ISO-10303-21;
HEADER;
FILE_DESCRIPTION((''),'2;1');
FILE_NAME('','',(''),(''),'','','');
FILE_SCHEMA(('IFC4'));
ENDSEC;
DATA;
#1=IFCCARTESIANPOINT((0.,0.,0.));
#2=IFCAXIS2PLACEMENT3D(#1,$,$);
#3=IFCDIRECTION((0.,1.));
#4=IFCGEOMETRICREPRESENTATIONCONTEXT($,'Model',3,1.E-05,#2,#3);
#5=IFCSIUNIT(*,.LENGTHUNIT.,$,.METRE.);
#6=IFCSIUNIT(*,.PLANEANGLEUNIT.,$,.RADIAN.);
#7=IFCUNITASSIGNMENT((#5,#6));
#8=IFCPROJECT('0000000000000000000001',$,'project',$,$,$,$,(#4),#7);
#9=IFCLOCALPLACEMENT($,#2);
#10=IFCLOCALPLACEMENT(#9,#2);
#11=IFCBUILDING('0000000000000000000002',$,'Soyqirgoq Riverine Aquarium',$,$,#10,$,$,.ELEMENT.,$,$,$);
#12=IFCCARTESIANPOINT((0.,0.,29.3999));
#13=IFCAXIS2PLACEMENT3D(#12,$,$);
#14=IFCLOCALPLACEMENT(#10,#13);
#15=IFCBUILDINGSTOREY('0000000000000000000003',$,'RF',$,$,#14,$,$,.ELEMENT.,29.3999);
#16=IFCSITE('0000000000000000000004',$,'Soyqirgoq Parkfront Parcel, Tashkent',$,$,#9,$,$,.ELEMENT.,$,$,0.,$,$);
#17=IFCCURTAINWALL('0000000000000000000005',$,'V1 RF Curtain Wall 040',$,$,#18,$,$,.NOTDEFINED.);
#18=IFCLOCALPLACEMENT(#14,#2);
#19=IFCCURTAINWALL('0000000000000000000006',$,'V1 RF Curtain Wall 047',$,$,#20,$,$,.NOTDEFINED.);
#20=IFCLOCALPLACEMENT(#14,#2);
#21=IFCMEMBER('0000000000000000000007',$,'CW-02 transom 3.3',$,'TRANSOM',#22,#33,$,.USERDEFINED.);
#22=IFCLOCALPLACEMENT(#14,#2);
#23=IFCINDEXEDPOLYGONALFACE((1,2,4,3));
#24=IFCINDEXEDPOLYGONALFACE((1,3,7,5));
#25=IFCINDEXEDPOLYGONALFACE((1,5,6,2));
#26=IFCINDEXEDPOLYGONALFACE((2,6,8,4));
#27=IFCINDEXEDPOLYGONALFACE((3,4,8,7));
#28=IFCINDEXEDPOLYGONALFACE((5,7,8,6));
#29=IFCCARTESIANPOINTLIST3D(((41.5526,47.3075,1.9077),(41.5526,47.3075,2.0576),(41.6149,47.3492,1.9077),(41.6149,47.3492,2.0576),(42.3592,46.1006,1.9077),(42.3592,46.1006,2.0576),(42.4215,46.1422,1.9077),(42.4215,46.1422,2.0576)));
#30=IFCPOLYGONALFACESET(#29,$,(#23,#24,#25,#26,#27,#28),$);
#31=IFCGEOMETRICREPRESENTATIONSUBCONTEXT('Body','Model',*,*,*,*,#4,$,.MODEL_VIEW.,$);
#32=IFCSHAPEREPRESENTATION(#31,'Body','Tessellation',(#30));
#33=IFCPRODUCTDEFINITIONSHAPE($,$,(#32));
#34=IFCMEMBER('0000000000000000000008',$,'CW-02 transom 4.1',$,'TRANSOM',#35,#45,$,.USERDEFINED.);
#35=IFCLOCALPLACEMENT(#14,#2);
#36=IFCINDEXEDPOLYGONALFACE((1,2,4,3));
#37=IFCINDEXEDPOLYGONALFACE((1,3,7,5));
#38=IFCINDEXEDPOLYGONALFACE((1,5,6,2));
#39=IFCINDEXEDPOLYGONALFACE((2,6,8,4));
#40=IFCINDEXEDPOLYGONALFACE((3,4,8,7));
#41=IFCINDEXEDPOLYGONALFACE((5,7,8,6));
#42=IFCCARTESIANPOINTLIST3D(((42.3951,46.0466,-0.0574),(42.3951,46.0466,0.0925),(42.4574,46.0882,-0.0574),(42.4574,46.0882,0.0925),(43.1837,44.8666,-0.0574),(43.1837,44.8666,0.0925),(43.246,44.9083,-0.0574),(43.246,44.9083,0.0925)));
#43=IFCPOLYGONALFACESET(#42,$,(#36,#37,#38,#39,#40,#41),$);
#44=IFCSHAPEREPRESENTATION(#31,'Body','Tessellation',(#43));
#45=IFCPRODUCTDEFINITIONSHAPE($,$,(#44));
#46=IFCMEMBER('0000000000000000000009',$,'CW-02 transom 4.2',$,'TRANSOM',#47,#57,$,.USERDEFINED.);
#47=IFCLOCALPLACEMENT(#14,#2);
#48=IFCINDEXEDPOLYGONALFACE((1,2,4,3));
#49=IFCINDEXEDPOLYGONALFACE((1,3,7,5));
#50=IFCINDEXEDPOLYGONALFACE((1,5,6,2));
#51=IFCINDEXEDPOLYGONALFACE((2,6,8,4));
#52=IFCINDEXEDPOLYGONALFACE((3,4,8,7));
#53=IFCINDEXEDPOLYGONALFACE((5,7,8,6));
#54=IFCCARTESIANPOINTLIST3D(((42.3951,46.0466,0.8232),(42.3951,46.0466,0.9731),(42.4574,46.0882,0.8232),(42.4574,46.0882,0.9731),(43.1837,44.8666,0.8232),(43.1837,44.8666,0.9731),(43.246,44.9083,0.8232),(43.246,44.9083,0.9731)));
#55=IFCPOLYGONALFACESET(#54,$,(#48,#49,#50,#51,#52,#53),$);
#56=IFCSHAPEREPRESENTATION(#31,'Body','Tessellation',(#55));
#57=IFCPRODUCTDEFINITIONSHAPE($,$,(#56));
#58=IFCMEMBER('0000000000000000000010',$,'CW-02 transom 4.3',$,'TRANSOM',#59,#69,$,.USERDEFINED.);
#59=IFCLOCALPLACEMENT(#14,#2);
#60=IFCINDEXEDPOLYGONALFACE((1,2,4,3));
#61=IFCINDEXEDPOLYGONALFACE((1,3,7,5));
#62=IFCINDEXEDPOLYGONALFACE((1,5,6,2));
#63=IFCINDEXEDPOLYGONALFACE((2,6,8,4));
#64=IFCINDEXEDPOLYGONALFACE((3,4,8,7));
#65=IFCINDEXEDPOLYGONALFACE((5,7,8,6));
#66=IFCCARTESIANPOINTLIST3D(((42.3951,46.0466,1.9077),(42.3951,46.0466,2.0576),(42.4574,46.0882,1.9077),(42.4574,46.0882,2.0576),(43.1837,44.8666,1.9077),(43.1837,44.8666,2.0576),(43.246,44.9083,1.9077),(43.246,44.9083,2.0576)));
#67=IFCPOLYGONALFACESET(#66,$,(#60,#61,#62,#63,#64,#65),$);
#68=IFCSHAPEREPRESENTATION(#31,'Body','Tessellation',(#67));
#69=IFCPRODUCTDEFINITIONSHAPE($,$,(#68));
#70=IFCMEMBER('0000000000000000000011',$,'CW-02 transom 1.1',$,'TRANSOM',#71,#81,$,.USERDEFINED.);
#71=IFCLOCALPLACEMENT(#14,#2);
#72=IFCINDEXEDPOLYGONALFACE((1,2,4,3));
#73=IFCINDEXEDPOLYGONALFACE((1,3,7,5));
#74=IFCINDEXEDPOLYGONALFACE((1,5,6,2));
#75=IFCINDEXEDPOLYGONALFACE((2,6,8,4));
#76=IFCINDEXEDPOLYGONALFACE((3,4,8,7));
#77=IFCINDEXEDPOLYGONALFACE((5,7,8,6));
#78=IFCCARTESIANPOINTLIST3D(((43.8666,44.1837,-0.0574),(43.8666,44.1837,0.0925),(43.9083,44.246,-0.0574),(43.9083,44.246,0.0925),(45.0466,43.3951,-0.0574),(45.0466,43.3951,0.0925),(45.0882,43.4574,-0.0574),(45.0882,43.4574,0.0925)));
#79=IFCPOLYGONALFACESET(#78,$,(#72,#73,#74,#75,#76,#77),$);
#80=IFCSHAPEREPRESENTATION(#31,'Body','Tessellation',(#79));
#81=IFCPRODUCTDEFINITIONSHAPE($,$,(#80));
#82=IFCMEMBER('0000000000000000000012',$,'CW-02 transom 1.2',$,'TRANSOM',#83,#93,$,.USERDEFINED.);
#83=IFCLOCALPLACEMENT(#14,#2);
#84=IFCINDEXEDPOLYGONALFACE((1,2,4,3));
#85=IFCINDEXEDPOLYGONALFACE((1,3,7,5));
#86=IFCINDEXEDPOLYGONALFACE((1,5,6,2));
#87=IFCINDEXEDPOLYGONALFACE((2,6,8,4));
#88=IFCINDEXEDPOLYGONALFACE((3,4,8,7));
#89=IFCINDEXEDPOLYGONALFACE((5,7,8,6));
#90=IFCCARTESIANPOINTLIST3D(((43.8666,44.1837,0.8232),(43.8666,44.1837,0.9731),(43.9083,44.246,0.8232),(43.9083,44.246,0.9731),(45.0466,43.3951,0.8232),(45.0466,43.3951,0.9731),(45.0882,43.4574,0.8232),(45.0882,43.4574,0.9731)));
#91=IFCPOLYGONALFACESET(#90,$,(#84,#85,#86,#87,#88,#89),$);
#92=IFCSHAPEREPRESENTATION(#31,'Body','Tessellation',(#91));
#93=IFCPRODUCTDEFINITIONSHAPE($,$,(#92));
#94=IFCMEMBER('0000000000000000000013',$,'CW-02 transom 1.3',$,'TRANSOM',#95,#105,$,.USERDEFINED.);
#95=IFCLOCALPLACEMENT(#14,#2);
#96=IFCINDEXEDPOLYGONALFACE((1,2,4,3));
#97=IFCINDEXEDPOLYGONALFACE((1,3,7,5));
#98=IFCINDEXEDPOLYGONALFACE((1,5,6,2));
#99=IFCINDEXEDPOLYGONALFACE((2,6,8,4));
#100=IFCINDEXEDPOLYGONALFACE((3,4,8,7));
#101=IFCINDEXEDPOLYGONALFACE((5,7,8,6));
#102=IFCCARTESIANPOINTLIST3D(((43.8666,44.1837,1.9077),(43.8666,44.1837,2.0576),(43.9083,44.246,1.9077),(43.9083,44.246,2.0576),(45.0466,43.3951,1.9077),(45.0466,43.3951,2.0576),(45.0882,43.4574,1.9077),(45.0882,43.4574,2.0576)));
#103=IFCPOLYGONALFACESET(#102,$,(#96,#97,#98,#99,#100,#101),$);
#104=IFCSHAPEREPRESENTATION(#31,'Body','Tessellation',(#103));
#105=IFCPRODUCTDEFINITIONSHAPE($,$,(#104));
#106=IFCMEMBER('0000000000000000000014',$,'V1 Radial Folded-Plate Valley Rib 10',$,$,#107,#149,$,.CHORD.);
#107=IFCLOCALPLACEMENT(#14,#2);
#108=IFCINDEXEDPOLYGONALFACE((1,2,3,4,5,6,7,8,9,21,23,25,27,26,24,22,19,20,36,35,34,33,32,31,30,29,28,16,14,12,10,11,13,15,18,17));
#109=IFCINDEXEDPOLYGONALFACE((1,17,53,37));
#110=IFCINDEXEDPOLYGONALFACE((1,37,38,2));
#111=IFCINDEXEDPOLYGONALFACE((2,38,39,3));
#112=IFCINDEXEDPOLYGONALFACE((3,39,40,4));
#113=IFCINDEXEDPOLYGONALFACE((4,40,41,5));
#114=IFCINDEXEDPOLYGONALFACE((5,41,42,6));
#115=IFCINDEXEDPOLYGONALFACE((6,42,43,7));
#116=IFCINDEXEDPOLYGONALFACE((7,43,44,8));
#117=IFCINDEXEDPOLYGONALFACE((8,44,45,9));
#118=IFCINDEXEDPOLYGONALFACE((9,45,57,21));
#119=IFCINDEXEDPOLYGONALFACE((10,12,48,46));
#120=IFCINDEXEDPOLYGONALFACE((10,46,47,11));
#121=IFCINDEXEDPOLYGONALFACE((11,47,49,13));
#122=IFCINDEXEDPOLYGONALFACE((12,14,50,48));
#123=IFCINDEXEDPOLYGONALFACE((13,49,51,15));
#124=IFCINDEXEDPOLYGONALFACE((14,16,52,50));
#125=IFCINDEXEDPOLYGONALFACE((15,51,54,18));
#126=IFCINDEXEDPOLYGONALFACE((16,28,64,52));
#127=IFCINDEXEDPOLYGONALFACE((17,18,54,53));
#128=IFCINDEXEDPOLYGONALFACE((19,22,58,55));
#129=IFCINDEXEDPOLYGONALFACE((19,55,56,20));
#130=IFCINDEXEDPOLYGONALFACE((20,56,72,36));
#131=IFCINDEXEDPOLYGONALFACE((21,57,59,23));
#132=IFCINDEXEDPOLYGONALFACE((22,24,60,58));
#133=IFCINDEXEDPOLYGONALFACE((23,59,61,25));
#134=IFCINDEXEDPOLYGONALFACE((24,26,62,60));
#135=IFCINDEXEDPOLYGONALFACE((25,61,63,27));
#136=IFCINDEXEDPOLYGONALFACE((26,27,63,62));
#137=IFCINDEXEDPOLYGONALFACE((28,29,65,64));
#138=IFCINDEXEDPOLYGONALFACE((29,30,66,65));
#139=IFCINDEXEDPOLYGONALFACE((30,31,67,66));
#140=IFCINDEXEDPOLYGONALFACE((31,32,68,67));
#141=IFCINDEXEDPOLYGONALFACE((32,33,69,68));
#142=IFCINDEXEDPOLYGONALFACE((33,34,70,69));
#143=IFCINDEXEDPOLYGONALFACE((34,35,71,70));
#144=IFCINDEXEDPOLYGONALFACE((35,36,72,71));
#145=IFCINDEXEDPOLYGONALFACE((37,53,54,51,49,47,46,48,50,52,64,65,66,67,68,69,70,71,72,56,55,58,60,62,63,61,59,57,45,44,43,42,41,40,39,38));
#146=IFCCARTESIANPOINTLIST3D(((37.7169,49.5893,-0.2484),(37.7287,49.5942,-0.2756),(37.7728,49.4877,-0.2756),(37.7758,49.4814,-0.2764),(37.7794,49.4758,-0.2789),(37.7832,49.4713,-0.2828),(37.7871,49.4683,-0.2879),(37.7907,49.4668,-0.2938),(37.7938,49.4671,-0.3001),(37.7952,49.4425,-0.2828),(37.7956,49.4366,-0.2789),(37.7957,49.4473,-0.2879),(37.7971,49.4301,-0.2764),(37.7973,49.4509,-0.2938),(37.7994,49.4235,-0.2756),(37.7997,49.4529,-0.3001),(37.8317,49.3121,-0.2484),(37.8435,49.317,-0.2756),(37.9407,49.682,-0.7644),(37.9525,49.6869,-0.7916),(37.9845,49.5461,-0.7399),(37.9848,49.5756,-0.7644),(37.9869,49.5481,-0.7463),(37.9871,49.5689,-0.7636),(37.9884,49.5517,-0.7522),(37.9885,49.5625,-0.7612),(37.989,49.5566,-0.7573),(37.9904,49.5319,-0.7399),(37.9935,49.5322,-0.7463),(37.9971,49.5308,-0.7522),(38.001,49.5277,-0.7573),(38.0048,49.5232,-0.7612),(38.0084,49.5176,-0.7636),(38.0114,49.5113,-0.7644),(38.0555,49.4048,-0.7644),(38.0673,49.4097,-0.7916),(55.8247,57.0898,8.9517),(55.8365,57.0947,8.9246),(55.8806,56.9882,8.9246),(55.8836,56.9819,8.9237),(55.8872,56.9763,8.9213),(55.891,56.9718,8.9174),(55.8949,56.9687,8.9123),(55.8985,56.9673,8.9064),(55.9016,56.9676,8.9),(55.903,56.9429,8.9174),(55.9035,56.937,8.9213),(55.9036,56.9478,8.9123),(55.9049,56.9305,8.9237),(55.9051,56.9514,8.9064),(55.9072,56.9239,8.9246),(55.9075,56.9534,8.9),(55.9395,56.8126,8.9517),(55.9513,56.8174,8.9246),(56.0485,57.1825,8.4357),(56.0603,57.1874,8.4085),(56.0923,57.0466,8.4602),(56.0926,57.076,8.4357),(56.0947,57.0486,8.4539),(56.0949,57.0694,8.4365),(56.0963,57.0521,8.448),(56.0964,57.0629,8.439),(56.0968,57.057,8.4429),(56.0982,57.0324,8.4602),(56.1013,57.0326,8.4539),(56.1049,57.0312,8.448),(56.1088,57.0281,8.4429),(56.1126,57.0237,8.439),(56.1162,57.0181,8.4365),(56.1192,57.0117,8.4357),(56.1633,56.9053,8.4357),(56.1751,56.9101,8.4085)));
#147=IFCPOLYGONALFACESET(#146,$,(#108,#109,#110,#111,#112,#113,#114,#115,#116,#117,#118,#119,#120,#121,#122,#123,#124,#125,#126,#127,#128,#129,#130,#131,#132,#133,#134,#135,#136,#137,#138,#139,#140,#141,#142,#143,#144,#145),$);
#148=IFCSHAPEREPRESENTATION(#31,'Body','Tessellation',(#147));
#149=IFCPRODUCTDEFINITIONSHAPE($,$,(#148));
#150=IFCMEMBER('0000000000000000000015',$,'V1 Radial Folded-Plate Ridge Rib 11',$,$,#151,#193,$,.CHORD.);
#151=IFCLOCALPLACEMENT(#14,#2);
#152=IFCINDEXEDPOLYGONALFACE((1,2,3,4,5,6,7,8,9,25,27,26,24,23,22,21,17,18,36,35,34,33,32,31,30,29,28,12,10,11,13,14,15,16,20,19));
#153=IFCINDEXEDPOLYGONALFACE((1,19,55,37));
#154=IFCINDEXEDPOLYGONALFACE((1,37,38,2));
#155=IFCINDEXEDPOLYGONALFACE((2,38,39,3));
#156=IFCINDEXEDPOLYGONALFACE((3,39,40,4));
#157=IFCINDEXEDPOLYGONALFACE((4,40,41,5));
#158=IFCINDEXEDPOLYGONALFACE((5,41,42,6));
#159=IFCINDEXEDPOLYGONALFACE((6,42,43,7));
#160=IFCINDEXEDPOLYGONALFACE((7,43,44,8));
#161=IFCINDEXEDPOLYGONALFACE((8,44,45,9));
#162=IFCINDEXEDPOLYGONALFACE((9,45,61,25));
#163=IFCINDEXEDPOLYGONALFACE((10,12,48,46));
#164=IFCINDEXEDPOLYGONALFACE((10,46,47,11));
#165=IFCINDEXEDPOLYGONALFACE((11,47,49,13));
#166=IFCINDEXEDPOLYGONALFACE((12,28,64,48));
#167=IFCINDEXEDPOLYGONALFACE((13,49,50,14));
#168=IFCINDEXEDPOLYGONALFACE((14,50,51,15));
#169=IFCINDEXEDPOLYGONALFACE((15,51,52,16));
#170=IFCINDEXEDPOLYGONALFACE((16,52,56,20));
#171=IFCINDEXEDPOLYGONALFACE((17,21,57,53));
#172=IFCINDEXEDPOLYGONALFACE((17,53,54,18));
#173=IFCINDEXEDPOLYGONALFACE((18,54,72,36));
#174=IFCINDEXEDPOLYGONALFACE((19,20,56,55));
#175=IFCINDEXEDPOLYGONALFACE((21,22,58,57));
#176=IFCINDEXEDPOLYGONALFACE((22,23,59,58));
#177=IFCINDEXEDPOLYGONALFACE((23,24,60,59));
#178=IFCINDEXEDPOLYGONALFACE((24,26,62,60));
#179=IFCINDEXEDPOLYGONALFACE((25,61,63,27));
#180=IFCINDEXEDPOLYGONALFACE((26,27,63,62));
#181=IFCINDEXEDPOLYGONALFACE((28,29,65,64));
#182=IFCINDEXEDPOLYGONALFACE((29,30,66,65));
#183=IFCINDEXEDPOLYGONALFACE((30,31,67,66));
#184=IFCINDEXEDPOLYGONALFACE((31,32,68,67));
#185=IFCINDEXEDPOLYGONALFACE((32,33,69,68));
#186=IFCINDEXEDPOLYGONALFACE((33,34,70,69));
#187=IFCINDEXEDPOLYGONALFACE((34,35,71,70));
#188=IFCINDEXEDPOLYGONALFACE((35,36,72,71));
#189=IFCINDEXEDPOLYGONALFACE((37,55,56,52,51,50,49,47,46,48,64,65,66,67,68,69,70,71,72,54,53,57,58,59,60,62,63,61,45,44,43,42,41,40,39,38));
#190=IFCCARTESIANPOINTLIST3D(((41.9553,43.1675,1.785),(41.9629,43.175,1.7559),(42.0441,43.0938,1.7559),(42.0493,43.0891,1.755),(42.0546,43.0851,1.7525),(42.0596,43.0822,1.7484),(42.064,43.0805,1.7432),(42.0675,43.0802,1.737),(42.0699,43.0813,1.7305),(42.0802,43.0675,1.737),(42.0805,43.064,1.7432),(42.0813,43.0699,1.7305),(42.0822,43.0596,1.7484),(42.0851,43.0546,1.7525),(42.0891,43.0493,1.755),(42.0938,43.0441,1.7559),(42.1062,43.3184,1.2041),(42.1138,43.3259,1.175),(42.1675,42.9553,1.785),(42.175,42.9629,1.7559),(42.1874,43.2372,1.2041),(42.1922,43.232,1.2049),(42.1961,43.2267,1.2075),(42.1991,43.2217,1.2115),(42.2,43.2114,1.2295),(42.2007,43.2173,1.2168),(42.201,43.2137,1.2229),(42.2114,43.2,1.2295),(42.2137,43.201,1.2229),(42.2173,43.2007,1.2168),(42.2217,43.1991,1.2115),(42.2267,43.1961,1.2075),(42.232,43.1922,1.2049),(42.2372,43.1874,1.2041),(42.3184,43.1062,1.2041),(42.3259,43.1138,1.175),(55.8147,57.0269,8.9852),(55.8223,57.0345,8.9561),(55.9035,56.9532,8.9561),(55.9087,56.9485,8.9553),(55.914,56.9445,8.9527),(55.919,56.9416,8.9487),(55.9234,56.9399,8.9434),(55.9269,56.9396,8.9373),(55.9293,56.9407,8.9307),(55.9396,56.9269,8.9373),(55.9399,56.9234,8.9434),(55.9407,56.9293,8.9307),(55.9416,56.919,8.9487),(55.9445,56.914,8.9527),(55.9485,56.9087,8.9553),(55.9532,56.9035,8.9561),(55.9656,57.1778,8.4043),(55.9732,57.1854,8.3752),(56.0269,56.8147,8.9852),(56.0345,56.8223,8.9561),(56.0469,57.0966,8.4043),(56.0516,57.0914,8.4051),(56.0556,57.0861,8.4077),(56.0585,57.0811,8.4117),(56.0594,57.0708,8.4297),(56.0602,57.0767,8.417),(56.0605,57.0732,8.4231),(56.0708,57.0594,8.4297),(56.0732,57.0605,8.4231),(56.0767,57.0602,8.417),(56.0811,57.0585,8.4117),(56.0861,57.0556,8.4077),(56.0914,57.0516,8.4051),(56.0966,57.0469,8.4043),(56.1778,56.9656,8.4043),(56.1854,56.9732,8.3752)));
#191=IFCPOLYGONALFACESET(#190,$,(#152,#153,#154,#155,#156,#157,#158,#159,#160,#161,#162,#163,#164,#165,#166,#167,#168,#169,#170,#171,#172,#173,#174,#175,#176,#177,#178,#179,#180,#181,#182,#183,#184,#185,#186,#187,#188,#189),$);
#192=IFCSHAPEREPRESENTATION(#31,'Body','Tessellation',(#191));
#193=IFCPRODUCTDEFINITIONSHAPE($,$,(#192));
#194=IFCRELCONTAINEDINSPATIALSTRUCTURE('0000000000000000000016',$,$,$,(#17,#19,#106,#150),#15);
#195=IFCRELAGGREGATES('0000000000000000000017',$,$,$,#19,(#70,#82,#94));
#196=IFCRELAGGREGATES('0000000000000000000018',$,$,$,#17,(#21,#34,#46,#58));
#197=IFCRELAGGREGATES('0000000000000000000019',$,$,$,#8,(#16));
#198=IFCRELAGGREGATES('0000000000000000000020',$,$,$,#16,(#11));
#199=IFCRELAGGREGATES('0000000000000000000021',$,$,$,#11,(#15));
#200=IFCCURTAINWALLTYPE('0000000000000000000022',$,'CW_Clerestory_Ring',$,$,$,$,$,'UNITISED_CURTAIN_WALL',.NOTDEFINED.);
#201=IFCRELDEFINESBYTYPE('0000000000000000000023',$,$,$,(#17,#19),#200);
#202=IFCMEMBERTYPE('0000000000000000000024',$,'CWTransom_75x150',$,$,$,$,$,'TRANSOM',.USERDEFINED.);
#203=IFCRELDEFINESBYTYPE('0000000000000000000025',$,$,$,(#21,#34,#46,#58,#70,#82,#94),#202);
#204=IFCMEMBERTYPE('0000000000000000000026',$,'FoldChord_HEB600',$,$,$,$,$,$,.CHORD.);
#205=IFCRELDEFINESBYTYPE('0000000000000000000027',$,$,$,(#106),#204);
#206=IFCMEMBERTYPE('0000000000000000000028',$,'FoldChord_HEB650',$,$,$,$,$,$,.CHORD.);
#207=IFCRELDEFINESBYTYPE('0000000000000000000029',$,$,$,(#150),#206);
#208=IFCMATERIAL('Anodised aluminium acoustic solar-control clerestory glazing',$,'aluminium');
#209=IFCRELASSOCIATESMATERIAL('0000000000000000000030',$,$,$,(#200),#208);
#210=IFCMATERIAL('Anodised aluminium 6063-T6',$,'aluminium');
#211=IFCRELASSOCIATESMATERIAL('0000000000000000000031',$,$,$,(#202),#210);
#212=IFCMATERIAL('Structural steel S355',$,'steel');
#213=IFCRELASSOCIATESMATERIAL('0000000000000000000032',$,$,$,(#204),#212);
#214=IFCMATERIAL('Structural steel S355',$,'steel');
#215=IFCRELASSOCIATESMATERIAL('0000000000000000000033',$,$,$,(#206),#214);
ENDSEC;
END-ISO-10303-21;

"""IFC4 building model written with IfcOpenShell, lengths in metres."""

from ifc_helpers import new_model, si_unit, direction, frame, origin, origin_2d, place, context, subcontext, project, spatial, rectangle, i_section, extrude, material, material_profile, profile_set, type_object, element, aggregate, save


model = new_model("IFC4")

# Units and contexts
model_context = context("Model", 3, precision=1e-05, world=origin(), true_north=direction((0.0, 1.0)))
body_context = subcontext(model_context, "Body", "Model", "MODEL_VIEW")
ifc_project = project(units=[si_unit("LENGTHUNIT", "METRE"), si_unit("PLANEANGLEUNIT", "RADIAN")], contexts=[model_context])

# Site, building, storey
site_placement = place(None, origin())
site = spatial("IfcSite", under=ifc_project, at=site_placement, Name="Soyqirgoq Parkfront Parcel, Tashkent", CompositionType="ELEMENT", RefElevation=0.0)
building_placement = place(site_placement, origin())
building = spatial("IfcBuilding", under=site, at=building_placement, Name="Soyqirgoq Riverine Aquarium", CompositionType="ELEMENT")
storey_placement = place(building_placement, frame((0.0, 0.0, 29.3999)))
storey = spatial("IfcBuildingStorey", under=building, at=storey_placement, Name="RF", CompositionType="ELEMENT", Elevation=29.3999)

# Curtain wall
ifc_material_1 = material(Name="Anodised aluminium acoustic solar-control clerestory glazing", Category="aluminium")
curtain_wall_type = type_object("IfcCurtainWallType", Name="CW_Clerestory_Ring", ElementType="UNITISED_CURTAIN_WALL", PredefinedType="NOTDEFINED", material=ifc_material_1)
curtain_wall_1_placement = place(storey_placement, origin())
curtain_wall_1 = element("IfcCurtainWall", 1, at=curtain_wall_1_placement, inside=storey, type_object=curtain_wall_type, Name="V1 RF Curtain Wall 040", PredefinedType="NOTDEFINED")

# Curtain wall
curtain_wall_2_placement = place(storey_placement, origin())
curtain_wall_2 = element("IfcCurtainWall", 2, at=curtain_wall_2_placement, inside=storey, type_object=curtain_wall_type, Name="V1 RF Curtain Wall 047", PredefinedType="NOTDEFINED")

# Members
ifc_material_2 = material(Name="Anodised aluminium 6063-T6", Category="aluminium")
ifc_material_profile_1 = material_profile(ifc_material_2, rectangle(XDim=0.075, YDim=0.1499, at=origin_2d()), Name="ALU-T 75x150")
ifc_profile_set_1 = profile_set([ifc_material_profile_1], Name="Anodised aluminium 6063-T6")
member_type_1 = type_object("IfcMemberType", Name="CWTransom_75x150", ElementType="TRANSOM", PredefinedType="USERDEFINED", material=ifc_profile_set_1)
member_1_placement = place(storey_placement, frame((41.5837, 47.3284, 1.9827), z_axis=(0.555631, -0.831429, 0.0), x_axis=(0.831429, 0.555631, 0.0)))
member_1 = element("IfcMember", 3, at=member_1_placement, type_object=member_type_1, Name="CW-02 transom 3.3", ObjectType="TRANSOM", PredefinedType="USERDEFINED", context=body_context, shape_type="SweptSolid", body=[
    extrude(rectangle(XDim=0.075, YDim=0.1499, at=origin_2d()), origin(), (0.0, 0.0, 1.0), 1.4517),
])
member_2_placement = place(storey_placement, frame((42.4263, 46.0674, 0.0176), z_axis=(0.555653, -0.831415, 0.0), x_axis=(0.831415, 0.555653, 0.0)))
member_2 = element("IfcMember", 4, at=member_2_placement, type_object=member_type_1, Name="CW-02 transom 4.1", ObjectType="TRANSOM", PredefinedType="USERDEFINED", context=body_context, shape_type="SweptSolid", body=[
    extrude(rectangle(XDim=0.075, YDim=0.1499, at=origin_2d()), origin(), (0.0, 0.0, 1.0), 1.4192),
])
member_3_placement = place(storey_placement, frame((42.4263, 46.0674, 0.8982), z_axis=(0.555653, -0.831415, 0.0), x_axis=(0.831415, 0.555653, 0.0)))
member_3 = element("IfcMember", 5, at=member_3_placement, type_object=member_type_1, Name="CW-02 transom 4.2", ObjectType="TRANSOM", PredefinedType="USERDEFINED", context=body_context, shape_type="SweptSolid", body=[
    extrude(rectangle(XDim=0.075, YDim=0.1499, at=origin_2d()), origin(), (0.0, 0.0, 1.0), 1.4192),
])
member_4_placement = place(storey_placement, frame((42.4263, 46.0674, 1.9827), z_axis=(0.555653, -0.831415, 0.0), x_axis=(0.831415, 0.555653, 0.0)))
member_4 = element("IfcMember", 6, at=member_4_placement, type_object=member_type_1, Name="CW-02 transom 4.3", ObjectType="TRANSOM", PredefinedType="USERDEFINED", context=body_context, shape_type="SweptSolid", body=[
    extrude(rectangle(XDim=0.075, YDim=0.1499, at=origin_2d()), origin(), (0.0, 0.0, 1.0), 1.4192),
])
member_5_placement = place(storey_placement, frame((43.8875, 44.2148, 0.0176), z_axis=(0.831415, -0.555653, 0.0), x_axis=(0.555653, 0.831415, 0.0)))
member_5 = element("IfcMember", 7, at=member_5_placement, type_object=member_type_1, Name="CW-02 transom 1.1", ObjectType="TRANSOM", PredefinedType="USERDEFINED", context=body_context, shape_type="SweptSolid", body=[
    extrude(rectangle(XDim=0.075, YDim=0.1499, at=origin_2d()), origin(), (0.0, 0.0, 1.0), 1.4192),
])
member_6_placement = place(storey_placement, frame((43.8875, 44.2148, 0.8982), z_axis=(0.831415, -0.555653, 0.0), x_axis=(0.555653, 0.831415, 0.0)))
member_6 = element("IfcMember", 8, at=member_6_placement, type_object=member_type_1, Name="CW-02 transom 1.2", ObjectType="TRANSOM", PredefinedType="USERDEFINED", context=body_context, shape_type="SweptSolid", body=[
    extrude(rectangle(XDim=0.075, YDim=0.1499, at=origin_2d()), origin(), (0.0, 0.0, 1.0), 1.4192),
])
member_7_placement = place(storey_placement, frame((43.8875, 44.2148, 1.9827), z_axis=(0.831415, -0.555653, 0.0), x_axis=(0.555653, 0.831415, 0.0)))
member_7 = element("IfcMember", 9, at=member_7_placement, type_object=member_type_1, Name="CW-02 transom 1.3", ObjectType="TRANSOM", PredefinedType="USERDEFINED", context=body_context, shape_type="SweptSolid", body=[
    extrude(rectangle(XDim=0.075, YDim=0.1499, at=origin_2d()), origin(), (0.0, 0.0, 1.0), 1.4192),
])
aggregate(curtain_wall_2, [member_5, member_6, member_7])

# Members
ifc_material_3 = material(Name="Structural steel S355", Category="steel")
ifc_material_profile_2 = material_profile(ifc_material_3, i_section(OverallWidth=0.3, OverallDepth=0.6001, WebThickness=0.0154, FlangeThickness=0.03, FilletRadius=0.0271, at=origin_2d()), Name="HEB 600")
ifc_profile_set_2 = profile_set([ifc_material_profile_2], Name="Structural steel S355")
member_type_2 = type_object("IfcMemberType", Name="FoldChord_HEB600", PredefinedType="CHORD", material=ifc_profile_set_2)
member_8_placement = place(storey_placement, frame((37.8921, 49.4995, -0.52), z_axis=(0.836326, 0.346415, 0.424917), x_axis=(-0.382681, 0.923881, 0.0)))
element("IfcMember", 10, at=member_8_placement, inside=storey, type_object=member_type_2, Name="V1 Radial Folded-Plate Valley Rib 10", PredefinedType="CHORD", context=body_context, shape_type="SweptSolid", body=[
    extrude(i_section(OverallWidth=0.3, OverallDepth=0.6001, WebThickness=0.0154, FlangeThickness=0.03, FilletRadius=0.0271, at=origin_2d()), origin(), (0.0, 0.0, 1.0), 21.6516),
])
ifc_material_4 = material(Name="Structural steel S355", Category="steel")
ifc_material_profile_3 = material_profile(ifc_material_4, i_section(OverallWidth=0.3, OverallDepth=0.6499, WebThickness=0.0161, FlangeThickness=0.031, FilletRadius=0.0271, at=origin_2d()), Name="HEB 650")
ifc_profile_set_3 = profile_set([ifc_material_profile_3], Name="Structural steel S355")
member_type_3 = type_object("IfcMemberType", Name="FoldChord_HEB650", PredefinedType="CHORD", material=ifc_profile_set_3)
member_9_placement = place(storey_placement, frame((42.1406, 43.1406, 1.48), z_axis=(0.663738, 0.663738, 0.344824), x_axis=(-0.707107, 0.707107, 0.0)))
element("IfcMember", 11, at=member_9_placement, inside=storey, type_object=member_type_3, Name="V1 Radial Folded-Plate Ridge Rib 11", PredefinedType="CHORD", context=body_context, shape_type="SweptSolid", body=[
    extrude(i_section(OverallWidth=0.3, OverallDepth=0.6499, WebThickness=0.0161, FlangeThickness=0.031, FilletRadius=0.0271, at=origin_2d()), origin(), (0.0, 0.0, 1.0), 20.8809),
])

aggregate(curtain_wall_1, [member_1, member_2, member_3, member_4])

save(model, "model.ifc")
